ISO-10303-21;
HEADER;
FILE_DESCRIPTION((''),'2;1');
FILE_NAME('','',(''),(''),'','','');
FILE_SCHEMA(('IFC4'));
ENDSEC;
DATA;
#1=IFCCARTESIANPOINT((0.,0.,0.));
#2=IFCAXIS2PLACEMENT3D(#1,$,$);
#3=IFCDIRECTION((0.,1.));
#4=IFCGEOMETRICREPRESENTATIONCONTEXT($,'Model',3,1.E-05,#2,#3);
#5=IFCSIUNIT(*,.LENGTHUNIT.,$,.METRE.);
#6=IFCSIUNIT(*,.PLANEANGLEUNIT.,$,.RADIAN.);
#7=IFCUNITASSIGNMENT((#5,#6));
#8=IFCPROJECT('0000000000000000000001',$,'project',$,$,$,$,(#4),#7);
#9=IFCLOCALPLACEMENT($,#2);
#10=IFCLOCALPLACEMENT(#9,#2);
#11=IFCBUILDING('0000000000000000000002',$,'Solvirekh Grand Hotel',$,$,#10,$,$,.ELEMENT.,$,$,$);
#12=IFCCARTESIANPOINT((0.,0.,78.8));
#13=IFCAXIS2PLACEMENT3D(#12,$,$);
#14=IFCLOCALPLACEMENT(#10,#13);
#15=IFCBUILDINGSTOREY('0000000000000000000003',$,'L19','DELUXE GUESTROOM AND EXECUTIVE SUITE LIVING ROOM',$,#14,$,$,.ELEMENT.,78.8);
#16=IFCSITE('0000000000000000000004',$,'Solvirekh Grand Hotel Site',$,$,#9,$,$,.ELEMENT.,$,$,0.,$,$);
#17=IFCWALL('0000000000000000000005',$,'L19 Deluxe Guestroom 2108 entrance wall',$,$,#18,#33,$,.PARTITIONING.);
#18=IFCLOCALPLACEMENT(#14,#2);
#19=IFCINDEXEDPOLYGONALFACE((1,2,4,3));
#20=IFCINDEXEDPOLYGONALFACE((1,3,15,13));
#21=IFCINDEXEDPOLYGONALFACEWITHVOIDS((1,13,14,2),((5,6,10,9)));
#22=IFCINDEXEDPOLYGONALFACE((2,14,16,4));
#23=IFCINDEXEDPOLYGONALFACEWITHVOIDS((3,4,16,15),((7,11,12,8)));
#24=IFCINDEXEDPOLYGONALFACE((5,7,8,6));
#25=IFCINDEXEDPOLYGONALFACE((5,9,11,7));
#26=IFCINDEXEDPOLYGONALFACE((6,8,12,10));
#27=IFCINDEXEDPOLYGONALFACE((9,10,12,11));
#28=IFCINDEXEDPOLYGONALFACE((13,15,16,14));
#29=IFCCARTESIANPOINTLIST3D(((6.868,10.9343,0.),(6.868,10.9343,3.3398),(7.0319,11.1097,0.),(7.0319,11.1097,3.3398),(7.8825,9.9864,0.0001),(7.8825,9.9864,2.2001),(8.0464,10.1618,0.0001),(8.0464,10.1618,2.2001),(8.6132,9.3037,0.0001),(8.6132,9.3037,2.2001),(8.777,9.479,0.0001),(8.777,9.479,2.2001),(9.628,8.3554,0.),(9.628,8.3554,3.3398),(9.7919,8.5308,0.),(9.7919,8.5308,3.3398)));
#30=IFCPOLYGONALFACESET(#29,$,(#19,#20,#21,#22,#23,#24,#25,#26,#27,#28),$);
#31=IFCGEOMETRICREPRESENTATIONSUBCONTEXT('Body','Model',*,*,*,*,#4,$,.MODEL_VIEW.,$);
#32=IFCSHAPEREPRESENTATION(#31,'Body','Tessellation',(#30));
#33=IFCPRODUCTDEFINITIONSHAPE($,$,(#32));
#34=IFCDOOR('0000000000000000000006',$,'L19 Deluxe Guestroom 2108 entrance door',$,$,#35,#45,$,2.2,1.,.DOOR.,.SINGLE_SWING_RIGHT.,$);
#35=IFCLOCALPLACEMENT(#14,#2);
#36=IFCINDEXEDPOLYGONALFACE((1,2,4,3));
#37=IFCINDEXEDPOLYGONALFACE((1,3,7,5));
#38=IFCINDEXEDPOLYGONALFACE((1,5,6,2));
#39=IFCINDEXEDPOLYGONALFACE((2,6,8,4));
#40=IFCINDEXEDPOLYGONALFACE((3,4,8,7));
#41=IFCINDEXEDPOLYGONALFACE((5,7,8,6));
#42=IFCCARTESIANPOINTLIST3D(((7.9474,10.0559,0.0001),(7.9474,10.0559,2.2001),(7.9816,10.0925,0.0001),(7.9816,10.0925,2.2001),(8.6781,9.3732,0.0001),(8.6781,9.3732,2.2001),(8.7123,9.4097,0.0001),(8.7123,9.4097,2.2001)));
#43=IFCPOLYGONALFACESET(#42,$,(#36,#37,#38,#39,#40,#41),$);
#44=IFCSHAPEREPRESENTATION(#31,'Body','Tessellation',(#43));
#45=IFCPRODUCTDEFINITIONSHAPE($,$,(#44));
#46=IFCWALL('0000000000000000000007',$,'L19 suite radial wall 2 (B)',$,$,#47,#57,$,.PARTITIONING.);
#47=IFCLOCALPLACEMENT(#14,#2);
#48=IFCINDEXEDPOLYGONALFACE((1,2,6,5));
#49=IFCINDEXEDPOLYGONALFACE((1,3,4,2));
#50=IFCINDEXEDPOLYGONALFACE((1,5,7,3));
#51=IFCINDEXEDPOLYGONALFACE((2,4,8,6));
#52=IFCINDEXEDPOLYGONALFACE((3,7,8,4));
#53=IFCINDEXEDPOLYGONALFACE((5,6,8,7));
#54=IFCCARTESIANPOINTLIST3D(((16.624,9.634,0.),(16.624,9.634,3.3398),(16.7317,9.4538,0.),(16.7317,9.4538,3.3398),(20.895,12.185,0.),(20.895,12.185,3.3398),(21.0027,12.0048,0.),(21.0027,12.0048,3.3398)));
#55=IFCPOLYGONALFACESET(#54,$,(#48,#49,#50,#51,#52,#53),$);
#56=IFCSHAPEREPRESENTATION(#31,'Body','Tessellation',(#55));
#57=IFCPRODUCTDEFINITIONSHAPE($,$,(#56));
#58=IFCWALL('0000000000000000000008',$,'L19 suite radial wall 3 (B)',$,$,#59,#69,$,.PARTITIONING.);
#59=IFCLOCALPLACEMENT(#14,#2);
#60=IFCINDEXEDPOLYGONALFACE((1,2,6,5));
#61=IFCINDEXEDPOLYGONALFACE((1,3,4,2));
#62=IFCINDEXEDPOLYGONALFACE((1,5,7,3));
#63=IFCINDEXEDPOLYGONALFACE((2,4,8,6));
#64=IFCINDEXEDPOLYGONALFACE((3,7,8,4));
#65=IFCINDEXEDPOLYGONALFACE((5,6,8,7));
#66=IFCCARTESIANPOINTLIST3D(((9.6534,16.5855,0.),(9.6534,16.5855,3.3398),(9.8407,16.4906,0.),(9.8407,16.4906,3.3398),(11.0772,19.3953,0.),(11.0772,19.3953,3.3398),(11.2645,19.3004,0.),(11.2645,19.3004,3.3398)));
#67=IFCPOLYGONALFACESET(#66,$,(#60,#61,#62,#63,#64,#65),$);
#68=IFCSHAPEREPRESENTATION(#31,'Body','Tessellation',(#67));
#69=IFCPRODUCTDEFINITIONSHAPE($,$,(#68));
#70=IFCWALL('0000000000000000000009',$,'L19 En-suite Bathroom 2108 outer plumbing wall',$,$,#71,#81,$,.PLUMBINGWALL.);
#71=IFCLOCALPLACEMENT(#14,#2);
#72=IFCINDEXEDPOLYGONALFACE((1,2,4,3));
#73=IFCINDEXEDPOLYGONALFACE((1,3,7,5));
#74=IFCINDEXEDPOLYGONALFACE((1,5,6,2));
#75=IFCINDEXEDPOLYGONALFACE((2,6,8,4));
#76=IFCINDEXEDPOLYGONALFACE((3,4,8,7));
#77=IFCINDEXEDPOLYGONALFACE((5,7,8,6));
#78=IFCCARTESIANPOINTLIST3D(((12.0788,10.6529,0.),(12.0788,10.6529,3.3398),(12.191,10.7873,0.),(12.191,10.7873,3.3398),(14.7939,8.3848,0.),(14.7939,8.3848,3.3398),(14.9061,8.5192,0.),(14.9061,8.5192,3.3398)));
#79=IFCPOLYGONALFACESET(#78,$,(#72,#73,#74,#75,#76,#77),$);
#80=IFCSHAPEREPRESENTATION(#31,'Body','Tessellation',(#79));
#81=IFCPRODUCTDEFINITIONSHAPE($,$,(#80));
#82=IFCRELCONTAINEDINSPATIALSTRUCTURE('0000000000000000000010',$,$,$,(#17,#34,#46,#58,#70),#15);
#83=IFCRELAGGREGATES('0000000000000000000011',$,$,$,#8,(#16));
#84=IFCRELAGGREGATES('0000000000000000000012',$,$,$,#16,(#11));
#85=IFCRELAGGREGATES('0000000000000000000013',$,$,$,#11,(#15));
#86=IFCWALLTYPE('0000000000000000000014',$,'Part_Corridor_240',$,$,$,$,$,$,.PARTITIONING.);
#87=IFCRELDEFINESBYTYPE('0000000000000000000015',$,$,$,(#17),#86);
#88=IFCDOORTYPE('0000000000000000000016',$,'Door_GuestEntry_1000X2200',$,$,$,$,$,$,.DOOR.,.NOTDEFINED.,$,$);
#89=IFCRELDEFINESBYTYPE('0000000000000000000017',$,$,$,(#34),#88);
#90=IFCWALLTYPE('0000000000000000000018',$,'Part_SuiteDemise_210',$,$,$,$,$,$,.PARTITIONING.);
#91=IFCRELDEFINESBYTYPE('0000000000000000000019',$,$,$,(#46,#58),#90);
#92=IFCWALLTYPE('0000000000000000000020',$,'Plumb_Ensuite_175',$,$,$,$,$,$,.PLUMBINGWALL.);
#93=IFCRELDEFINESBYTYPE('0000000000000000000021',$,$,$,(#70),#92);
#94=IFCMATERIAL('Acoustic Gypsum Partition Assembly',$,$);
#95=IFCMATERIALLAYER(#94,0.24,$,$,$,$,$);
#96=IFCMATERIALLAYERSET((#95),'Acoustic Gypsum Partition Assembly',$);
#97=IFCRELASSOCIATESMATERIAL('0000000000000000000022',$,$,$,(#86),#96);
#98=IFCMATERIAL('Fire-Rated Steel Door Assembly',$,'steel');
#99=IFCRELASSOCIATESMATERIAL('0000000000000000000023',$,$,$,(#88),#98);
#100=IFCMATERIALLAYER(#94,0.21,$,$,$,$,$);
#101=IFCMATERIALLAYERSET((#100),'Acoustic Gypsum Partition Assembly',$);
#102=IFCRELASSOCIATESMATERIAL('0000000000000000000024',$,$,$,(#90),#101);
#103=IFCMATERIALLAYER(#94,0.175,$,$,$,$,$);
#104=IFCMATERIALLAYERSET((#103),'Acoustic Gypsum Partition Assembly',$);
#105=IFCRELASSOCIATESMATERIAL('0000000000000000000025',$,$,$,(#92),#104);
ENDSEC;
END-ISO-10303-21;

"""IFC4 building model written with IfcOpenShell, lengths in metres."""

from ifc_helpers import new_model, si_unit, direction, frame, frame_2d, origin, place, context, subcontext, project, spatial, rectangle, extrude, material, layer, layer_set, type_object, element, fill, save


model = new_model("IFC4")

# Units and contexts
model_context = context("Model", 3, precision=1e-05, world=origin(), true_north=direction((0.0, 1.0)))
body_context = subcontext(model_context, "Body", "Model", "MODEL_VIEW")
ifc_project = project(units=[si_unit("LENGTHUNIT", "METRE"), si_unit("PLANEANGLEUNIT", "RADIAN")], contexts=[model_context])

# Site, building, storey
site_placement = place(None, origin())
site = spatial("IfcSite", under=ifc_project, at=site_placement, Name="Solvirekh Grand Hotel Site", CompositionType="ELEMENT", RefElevation=0.0)
building_placement = place(site_placement, origin())
building = spatial("IfcBuilding", under=site, at=building_placement, Name="Solvirekh Grand Hotel", CompositionType="ELEMENT")
storey_placement = place(building_placement, frame((0.0, 0.0, 78.8)))
storey = spatial("IfcBuildingStorey", under=building, at=storey_placement, Name="L19", Description="DELUXE GUESTROOM AND EXECUTIVE SUITE LIVING ROOM", CompositionType="ELEMENT", Elevation=78.8)

# Wall, opening, door
ifc_material_1 = material(Name="Acoustic Gypsum Partition Assembly")
ifc_layer_1 = layer(ifc_material_1, 0.24)
ifc_layer_set_1 = layer_set([ifc_layer_1], Name="Acoustic Gypsum Partition Assembly")
wall_type_1 = type_object("IfcWallType", Name="Part_Corridor_240", PredefinedType="PARTITIONING", material=ifc_layer_set_1)
wall_1_placement = place(storey_placement, frame((9.71, 8.4431, 0.0), z_axis=(0.0, 0.0, 1.0), x_axis=(-0.730679, 0.682721, 0.0)))
wall_1 = element("IfcWall", 1, at=wall_1_placement, inside=storey, type_object=wall_type_1, Name="L19 Deluxe Guestroom 2108 entrance wall", PredefinedType="PARTITIONING", context=body_context, shape_type="SweptSolid", body=[
    extrude(rectangle(XDim=3.7773, YDim=0.24, at=frame_2d((1.8887, 0.0))), origin(), (0.0, 0.0, 1.0), 3.3398),
])
opening_1_placement = place(wall_1_placement, frame((1.3889, 0.0, 0.0)))
opening_1 = element("IfcOpeningElement", 2, at=opening_1_placement, cuts=wall_1, PredefinedType="OPENING", context=body_context, shape_type="SweptSolid", body=[
    extrude(rectangle(XDim=1.0, YDim=2.2, at=frame_2d((0.5, 1.1001))), frame((0.0, 0.1299, 0.0), z_axis=(0.0, -1.0, 0.0), x_axis=(1.0, 0.0, 0.0)), (0.0, 0.0, 1.0), 0.26),
])
ifc_material_2 = material(Name="Fire-Rated Steel Door Assembly", Category="steel")
door_type = type_object("IfcDoorType", Name="Door_GuestEntry_1000X2200", OperationType="NOTDEFINED", PredefinedType="DOOR", material=ifc_material_2)
door_placement = place(opening_1_placement, origin())
door = element("IfcDoor", 3, at=door_placement, inside=storey, type_object=door_type, Name="L19 Deluxe Guestroom 2108 entrance door", OperationType="SINGLE_SWING_RIGHT", OverallHeight=2.2, OverallWidth=1.0, PredefinedType="DOOR", context=body_context, shape_type="SweptSolid", body=[
    extrude(rectangle(XDim=1.0, YDim=2.2, at=frame_2d((0.5, 1.1001))), frame((0.0, 0.0249, 0.0), z_axis=(0.0, -1.0, 0.0), x_axis=(1.0, 0.0, 0.0)), (0.0, 0.0, 1.0), 0.05),
])
fill(opening_1, door)

# Walls
ifc_layer_2 = layer(ifc_material_1, 0.21)
ifc_layer_set_2 = layer_set([ifc_layer_2], Name="Acoustic Gypsum Partition Assembly")
wall_type_2 = type_object("IfcWallType", Name="Part_SuiteDemise_210", PredefinedType="PARTITIONING", material=ifc_layer_set_2)
wall_2_placement = place(storey_placement, frame((16.678, 9.5439, 0.0), z_axis=(0.0, 0.0, 1.0), x_axis=(0.858517, 0.512784, 0.0)))
element("IfcWall", 4, at=wall_2_placement, inside=storey, type_object=wall_type_2, Name="L19 suite radial wall 2 (B)", PredefinedType="PARTITIONING", context=body_context, shape_type="SweptSolid", body=[
    extrude(rectangle(XDim=4.9749, YDim=0.21, at=frame_2d((2.4873, 0.0))), origin(), (0.0, 0.0, 1.0), 3.3398),
])
wall_3_placement = place(storey_placement, frame((9.7471, 16.5381, 0.0), z_axis=(0.0, 0.0, 1.0), x_axis=(0.452012, 0.892012, 0.0)))
element("IfcWall", 5, at=wall_3_placement, inside=storey, type_object=wall_type_2, Name="L19 suite radial wall 3 (B)", PredefinedType="PARTITIONING", context=body_context, shape_type="SweptSolid", body=[
    extrude(rectangle(XDim=3.1499, YDim=0.21, at=frame_2d((1.575, 0.0))), origin(), (0.0, 0.0, 1.0), 3.3398),
])
ifc_layer_3 = layer(ifc_material_1, 0.175)
ifc_layer_set_3 = layer_set([ifc_layer_3], Name="Acoustic Gypsum Partition Assembly")
wall_type_3 = type_object("IfcWallType", Name="Plumb_Ensuite_175", PredefinedType="PLUMBINGWALL", material=ifc_layer_set_3)
wall_4_placement = place(storey_placement, frame((14.8501, 8.4519, 0.0), z_axis=(0.0, 0.0, 1.0), x_axis=(-0.767457, 0.6411, 0.0)))
element("IfcWall", 6, at=wall_4_placement, inside=storey, type_object=wall_type_3, Name="L19 En-suite Bathroom 2108 outer plumbing wall", PredefinedType="PLUMBINGWALL", context=body_context, shape_type="SweptSolid", body=[
    extrude(rectangle(XDim=3.5378, YDim=0.175, at=frame_2d((1.769, 0.0))), origin(), (0.0, 0.0, 1.0), 3.3398),
])

save(model, "model.ifc")
